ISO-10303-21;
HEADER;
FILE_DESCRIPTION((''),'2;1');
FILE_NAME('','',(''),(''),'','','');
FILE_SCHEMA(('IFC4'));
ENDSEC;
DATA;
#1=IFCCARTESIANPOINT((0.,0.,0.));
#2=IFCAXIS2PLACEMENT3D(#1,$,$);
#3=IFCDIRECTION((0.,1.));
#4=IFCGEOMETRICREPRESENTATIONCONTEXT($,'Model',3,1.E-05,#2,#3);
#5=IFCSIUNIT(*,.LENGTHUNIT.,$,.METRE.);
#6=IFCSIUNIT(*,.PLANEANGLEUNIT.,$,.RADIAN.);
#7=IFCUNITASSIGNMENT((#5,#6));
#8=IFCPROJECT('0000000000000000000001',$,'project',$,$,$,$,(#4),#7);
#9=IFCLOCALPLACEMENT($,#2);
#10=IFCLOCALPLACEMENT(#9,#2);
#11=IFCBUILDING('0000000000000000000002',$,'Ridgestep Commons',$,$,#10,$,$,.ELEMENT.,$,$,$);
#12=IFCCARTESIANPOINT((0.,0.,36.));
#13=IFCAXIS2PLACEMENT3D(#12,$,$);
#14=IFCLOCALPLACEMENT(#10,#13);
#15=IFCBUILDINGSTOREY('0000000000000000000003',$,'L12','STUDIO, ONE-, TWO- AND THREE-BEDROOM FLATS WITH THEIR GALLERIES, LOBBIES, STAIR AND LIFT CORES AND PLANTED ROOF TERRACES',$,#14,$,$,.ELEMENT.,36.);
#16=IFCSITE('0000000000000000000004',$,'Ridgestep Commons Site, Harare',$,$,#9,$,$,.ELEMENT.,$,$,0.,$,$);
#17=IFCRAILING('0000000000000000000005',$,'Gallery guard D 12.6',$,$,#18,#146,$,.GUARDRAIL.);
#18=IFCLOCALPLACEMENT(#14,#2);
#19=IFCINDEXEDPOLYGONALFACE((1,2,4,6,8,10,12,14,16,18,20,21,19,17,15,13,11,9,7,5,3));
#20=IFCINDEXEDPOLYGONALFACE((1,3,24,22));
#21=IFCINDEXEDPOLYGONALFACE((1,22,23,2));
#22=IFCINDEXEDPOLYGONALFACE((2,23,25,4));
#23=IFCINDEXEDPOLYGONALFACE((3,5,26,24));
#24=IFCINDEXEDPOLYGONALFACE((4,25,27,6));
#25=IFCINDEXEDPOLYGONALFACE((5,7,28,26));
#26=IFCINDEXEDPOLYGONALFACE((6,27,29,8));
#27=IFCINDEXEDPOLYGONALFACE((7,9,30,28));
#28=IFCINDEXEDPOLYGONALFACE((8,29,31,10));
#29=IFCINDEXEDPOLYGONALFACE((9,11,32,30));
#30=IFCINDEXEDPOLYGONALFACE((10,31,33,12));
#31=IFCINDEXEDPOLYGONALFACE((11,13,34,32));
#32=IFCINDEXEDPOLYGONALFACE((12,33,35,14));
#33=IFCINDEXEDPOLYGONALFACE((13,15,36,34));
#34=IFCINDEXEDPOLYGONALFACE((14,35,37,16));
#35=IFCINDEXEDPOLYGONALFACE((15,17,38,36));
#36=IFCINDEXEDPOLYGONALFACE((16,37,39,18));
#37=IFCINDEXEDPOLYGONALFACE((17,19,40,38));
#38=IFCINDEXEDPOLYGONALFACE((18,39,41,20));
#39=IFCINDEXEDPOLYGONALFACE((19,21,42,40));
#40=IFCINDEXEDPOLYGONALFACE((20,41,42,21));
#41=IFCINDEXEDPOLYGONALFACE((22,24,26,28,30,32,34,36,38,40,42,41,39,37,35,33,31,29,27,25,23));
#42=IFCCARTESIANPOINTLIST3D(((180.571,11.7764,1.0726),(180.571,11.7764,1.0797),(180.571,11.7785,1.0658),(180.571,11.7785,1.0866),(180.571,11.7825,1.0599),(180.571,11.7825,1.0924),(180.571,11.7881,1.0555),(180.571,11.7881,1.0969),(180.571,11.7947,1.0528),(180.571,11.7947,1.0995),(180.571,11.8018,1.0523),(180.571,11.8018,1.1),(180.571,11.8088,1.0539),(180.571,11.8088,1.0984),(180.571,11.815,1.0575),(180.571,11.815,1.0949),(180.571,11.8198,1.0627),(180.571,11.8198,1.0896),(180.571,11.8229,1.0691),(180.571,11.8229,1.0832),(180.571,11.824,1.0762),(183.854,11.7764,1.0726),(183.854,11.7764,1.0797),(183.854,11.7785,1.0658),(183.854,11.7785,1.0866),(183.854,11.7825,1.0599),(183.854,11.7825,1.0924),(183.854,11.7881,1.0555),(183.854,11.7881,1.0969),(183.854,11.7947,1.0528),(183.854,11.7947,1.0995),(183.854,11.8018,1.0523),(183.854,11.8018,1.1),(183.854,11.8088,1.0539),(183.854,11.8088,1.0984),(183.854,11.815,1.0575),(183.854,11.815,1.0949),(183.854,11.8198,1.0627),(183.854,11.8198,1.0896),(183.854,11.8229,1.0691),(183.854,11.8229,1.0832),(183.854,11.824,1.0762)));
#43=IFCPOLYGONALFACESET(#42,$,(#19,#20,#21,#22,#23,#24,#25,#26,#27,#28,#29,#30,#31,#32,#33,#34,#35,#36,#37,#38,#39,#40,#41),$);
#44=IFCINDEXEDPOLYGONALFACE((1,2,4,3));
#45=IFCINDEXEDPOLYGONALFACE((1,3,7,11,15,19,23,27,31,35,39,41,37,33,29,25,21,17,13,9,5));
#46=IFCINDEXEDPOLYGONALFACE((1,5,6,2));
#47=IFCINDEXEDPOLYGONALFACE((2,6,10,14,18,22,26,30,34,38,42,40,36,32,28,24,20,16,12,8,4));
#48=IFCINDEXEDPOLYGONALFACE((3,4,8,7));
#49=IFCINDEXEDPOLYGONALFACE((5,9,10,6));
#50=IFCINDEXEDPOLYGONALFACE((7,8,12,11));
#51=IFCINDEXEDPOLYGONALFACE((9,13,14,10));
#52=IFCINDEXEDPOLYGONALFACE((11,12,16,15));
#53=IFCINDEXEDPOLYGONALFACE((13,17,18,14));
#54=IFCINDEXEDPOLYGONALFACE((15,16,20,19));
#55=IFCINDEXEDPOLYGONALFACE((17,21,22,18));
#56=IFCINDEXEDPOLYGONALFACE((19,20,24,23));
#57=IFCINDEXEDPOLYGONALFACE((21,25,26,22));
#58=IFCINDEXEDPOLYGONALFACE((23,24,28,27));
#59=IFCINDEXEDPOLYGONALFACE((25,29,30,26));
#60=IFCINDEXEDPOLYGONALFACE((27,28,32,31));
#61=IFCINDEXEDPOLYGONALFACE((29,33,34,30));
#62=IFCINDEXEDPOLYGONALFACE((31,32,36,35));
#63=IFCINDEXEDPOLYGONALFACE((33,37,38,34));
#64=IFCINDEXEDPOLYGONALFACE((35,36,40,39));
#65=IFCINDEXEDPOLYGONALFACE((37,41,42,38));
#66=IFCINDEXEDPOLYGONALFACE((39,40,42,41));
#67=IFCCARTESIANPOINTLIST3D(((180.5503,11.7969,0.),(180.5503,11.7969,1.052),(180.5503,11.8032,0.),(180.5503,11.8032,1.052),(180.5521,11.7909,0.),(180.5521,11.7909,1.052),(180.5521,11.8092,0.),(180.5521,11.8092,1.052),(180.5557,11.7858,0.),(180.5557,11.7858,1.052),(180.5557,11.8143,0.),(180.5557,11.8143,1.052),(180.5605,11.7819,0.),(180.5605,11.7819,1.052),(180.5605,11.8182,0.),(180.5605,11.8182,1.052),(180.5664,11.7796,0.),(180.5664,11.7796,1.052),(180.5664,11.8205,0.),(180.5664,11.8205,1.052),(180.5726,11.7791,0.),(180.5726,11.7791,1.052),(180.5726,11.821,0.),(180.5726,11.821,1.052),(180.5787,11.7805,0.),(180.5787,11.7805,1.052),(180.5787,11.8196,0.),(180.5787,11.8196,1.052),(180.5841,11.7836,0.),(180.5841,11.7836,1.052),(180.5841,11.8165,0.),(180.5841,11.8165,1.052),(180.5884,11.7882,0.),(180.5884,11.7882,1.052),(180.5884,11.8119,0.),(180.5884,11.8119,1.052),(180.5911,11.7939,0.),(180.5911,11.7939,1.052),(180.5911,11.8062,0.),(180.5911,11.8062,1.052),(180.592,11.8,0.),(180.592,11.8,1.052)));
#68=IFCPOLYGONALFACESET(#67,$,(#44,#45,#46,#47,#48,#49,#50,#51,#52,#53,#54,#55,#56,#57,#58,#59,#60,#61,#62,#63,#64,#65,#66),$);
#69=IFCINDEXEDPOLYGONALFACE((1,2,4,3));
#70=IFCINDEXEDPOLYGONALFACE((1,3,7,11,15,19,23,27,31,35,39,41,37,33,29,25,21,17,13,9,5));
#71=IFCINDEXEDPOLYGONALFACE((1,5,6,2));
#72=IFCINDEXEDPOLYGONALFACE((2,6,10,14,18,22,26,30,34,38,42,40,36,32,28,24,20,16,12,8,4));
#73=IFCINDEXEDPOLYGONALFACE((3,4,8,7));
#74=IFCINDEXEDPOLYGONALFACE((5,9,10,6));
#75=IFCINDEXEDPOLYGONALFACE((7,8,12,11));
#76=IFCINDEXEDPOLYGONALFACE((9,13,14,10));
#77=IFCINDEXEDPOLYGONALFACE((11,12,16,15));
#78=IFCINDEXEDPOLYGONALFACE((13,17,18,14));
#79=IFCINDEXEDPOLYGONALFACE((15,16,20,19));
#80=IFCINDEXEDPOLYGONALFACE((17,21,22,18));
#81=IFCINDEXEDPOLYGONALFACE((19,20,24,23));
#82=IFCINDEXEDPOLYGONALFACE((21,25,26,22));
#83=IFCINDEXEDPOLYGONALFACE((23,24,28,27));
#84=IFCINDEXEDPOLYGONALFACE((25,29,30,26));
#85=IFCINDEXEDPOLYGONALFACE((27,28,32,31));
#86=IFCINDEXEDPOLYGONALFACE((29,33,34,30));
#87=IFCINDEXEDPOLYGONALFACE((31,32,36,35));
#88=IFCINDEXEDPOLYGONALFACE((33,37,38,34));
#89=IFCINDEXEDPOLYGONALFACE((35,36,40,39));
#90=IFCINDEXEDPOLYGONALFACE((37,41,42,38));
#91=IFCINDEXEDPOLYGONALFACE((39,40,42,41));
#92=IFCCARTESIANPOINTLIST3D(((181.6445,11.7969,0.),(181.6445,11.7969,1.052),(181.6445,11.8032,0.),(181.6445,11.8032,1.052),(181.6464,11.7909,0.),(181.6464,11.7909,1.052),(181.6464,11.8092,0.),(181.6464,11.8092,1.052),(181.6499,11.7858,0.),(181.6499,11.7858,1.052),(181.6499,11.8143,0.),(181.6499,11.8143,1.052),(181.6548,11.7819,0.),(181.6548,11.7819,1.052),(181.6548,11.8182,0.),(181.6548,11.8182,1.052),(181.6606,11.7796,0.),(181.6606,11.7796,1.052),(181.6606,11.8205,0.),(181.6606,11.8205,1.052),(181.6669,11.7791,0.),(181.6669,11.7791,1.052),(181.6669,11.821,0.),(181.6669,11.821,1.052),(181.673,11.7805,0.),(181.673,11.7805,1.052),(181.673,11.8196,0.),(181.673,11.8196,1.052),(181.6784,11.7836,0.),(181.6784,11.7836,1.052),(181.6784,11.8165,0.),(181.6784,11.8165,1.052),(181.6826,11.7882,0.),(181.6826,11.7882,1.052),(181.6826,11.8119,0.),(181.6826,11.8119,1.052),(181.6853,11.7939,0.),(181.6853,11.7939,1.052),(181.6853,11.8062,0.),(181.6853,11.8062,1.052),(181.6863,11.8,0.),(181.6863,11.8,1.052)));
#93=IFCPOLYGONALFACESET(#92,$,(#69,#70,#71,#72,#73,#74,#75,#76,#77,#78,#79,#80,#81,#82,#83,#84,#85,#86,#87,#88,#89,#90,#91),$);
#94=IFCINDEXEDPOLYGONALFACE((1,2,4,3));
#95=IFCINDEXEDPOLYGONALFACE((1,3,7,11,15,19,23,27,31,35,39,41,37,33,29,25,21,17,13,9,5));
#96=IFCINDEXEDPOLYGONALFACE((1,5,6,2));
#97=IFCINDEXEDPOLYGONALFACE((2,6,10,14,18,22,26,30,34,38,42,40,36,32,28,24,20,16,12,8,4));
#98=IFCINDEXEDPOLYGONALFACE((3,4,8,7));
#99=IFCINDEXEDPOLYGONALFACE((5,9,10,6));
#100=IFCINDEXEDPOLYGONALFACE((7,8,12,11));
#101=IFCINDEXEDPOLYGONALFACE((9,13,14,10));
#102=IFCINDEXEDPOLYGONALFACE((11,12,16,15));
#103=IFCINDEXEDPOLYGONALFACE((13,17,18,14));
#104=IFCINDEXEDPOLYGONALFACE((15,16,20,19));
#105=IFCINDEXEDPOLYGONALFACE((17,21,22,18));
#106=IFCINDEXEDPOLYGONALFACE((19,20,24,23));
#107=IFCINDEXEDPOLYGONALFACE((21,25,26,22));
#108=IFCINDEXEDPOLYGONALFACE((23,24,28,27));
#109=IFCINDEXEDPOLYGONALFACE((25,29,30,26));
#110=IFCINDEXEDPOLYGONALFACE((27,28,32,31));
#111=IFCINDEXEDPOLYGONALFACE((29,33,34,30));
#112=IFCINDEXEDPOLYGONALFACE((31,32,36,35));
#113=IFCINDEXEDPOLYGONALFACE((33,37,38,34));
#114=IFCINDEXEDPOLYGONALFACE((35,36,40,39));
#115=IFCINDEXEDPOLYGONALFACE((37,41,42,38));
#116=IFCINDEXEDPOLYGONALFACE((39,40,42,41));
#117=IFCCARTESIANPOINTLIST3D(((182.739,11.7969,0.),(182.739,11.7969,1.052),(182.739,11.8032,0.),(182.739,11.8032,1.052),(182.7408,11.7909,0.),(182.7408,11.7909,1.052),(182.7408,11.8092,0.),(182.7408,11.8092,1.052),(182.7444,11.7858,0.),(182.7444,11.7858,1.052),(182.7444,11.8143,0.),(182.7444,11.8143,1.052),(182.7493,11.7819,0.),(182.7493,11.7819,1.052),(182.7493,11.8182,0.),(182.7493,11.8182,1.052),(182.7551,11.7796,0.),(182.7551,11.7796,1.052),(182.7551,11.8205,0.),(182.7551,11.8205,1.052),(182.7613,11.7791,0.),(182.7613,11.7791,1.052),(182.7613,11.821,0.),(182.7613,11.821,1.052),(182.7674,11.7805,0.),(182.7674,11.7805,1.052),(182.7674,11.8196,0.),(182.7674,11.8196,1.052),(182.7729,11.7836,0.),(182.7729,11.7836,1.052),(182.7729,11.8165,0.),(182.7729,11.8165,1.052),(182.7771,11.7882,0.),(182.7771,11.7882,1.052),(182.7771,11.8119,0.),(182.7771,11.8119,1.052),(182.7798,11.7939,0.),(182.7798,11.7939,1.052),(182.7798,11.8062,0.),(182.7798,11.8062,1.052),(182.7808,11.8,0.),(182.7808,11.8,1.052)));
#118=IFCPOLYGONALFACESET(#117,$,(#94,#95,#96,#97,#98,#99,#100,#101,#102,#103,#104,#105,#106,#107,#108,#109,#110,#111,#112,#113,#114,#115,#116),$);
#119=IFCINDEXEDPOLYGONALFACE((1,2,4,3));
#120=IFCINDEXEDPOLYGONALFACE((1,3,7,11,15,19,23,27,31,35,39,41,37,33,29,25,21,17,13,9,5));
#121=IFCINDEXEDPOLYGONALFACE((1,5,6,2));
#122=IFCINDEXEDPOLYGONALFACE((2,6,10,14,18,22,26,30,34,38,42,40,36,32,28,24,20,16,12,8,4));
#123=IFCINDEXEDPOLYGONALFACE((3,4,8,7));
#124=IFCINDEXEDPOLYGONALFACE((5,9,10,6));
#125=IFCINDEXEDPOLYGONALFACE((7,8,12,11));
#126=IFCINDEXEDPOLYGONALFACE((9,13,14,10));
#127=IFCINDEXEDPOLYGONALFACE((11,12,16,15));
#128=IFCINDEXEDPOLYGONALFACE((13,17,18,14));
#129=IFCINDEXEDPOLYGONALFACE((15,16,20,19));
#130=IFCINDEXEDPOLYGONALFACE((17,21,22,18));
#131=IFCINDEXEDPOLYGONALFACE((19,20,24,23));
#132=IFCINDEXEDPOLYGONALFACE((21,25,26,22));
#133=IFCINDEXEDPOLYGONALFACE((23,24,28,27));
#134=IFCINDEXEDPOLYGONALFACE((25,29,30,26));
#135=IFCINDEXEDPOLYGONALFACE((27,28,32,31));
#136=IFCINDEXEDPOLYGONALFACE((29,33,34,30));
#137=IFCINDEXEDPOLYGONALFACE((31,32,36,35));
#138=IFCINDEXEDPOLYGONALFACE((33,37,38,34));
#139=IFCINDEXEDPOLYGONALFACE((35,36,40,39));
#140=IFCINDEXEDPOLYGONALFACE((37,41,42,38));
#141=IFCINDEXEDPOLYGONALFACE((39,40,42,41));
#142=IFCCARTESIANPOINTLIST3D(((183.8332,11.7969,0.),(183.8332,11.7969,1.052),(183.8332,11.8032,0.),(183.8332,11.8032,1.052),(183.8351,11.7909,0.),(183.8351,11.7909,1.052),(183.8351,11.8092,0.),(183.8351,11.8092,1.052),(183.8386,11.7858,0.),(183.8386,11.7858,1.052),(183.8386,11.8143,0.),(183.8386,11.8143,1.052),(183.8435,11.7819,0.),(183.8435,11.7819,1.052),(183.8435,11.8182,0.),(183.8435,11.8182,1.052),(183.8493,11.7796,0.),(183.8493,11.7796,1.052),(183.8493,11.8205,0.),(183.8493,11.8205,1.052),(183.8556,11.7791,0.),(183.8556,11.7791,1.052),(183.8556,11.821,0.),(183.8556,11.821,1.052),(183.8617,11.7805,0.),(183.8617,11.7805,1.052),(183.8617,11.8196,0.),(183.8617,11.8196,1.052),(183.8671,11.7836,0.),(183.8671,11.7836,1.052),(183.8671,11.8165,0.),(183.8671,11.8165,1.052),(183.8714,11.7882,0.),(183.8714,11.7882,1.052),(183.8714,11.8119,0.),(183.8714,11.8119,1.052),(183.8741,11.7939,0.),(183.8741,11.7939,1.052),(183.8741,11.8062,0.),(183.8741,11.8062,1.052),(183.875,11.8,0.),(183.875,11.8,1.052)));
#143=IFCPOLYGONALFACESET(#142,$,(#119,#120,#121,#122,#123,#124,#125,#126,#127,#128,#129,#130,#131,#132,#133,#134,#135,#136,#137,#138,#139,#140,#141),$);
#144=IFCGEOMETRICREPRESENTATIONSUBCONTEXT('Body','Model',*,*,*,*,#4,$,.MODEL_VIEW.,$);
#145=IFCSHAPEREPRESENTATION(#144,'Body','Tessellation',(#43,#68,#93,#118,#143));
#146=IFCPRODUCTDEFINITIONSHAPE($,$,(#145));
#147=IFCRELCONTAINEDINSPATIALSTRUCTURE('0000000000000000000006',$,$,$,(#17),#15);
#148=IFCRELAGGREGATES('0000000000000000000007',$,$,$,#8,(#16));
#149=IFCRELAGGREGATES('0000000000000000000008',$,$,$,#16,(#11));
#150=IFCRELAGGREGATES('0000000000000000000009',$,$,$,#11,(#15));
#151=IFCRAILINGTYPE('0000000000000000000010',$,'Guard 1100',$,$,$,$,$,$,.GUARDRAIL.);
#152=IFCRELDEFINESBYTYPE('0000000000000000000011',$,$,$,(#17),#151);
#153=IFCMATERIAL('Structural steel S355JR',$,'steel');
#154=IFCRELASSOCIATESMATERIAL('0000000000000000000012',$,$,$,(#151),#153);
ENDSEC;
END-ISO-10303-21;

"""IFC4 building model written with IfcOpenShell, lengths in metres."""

from ifc_helpers import new_model, si_unit, direction, frame, origin, origin_2d, place, context, subcontext, project, spatial, circle, extrude, material, type_object, element, save


model = new_model("IFC4")

# Units and contexts
model_context = context("Model", 3, precision=1e-05, world=origin(), true_north=direction((0.0, 1.0)))
body_context = subcontext(model_context, "Body", "Model", "MODEL_VIEW")
ifc_project = project(units=[si_unit("LENGTHUNIT", "METRE"), si_unit("PLANEANGLEUNIT", "RADIAN")], contexts=[model_context])

# Site, building, storey
site_placement = place(None, origin())
site = spatial("IfcSite", under=ifc_project, at=site_placement, Name="Ridgestep Commons Site, Harare", CompositionType="ELEMENT", RefElevation=0.0)
building_placement = place(site_placement, origin())
building = spatial("IfcBuilding", under=site, at=building_placement, Name="Ridgestep Commons", CompositionType="ELEMENT")
storey_placement = place(building_placement, frame((0.0, 0.0, 36.0)))
storey = spatial("IfcBuildingStorey", under=building, at=storey_placement, Name="L12", Description="STUDIO, ONE-, TWO- AND THREE-BEDROOM FLATS WITH THEIR GALLERIES, LOBBIES, STAIR AND LIFT CORES AND PLANTED ROOF TERRACES", CompositionType="ELEMENT", Elevation=36.0)

# Railing
ifc_material_1 = material(Name="Structural steel S355JR", Category="steel")
railing_type = type_object("IfcRailingType", Name="Guard 1100", PredefinedType="GUARDRAIL", material=ifc_material_1)
for number, where, name in (
    (1, (180.571, 11.8, 0.0), "Gallery guard D 12.6"),
):
    element("IfcRailing", number, at=place(storey_placement, frame(where)), inside=storey, type_object=railing_type, Name=name, PredefinedType="GUARDRAIL", context=body_context, shape_type="SweptSolid", body=[
        extrude(circle(Radius=0.0239, at=origin_2d()), frame((0.0, 0.0, 1.0762), z_axis=(1.0, 0.0, 0.0), x_axis=(0.0, 1.0, 0.0)), (0.0, 0.0, 1.0), 3.283),
        extrude(circle(Radius=0.021, at=origin_2d()), origin(), (0.0, 0.0, 1.0), 1.052),
        extrude(circle(Radius=0.021, at=origin_2d()), frame((1.0942, 0.0, 0.0)), (0.0, 0.0, 1.0), 1.052),
        extrude(circle(Radius=0.021, at=origin_2d()), frame((2.1887, 0.0, 0.0)), (0.0, 0.0, 1.0), 1.052),
        extrude(circle(Radius=0.021, at=origin_2d()), frame((3.283, 0.0, 0.0)), (0.0, 0.0, 1.0), 1.052),
    ])

save(model, "model.ifc")
